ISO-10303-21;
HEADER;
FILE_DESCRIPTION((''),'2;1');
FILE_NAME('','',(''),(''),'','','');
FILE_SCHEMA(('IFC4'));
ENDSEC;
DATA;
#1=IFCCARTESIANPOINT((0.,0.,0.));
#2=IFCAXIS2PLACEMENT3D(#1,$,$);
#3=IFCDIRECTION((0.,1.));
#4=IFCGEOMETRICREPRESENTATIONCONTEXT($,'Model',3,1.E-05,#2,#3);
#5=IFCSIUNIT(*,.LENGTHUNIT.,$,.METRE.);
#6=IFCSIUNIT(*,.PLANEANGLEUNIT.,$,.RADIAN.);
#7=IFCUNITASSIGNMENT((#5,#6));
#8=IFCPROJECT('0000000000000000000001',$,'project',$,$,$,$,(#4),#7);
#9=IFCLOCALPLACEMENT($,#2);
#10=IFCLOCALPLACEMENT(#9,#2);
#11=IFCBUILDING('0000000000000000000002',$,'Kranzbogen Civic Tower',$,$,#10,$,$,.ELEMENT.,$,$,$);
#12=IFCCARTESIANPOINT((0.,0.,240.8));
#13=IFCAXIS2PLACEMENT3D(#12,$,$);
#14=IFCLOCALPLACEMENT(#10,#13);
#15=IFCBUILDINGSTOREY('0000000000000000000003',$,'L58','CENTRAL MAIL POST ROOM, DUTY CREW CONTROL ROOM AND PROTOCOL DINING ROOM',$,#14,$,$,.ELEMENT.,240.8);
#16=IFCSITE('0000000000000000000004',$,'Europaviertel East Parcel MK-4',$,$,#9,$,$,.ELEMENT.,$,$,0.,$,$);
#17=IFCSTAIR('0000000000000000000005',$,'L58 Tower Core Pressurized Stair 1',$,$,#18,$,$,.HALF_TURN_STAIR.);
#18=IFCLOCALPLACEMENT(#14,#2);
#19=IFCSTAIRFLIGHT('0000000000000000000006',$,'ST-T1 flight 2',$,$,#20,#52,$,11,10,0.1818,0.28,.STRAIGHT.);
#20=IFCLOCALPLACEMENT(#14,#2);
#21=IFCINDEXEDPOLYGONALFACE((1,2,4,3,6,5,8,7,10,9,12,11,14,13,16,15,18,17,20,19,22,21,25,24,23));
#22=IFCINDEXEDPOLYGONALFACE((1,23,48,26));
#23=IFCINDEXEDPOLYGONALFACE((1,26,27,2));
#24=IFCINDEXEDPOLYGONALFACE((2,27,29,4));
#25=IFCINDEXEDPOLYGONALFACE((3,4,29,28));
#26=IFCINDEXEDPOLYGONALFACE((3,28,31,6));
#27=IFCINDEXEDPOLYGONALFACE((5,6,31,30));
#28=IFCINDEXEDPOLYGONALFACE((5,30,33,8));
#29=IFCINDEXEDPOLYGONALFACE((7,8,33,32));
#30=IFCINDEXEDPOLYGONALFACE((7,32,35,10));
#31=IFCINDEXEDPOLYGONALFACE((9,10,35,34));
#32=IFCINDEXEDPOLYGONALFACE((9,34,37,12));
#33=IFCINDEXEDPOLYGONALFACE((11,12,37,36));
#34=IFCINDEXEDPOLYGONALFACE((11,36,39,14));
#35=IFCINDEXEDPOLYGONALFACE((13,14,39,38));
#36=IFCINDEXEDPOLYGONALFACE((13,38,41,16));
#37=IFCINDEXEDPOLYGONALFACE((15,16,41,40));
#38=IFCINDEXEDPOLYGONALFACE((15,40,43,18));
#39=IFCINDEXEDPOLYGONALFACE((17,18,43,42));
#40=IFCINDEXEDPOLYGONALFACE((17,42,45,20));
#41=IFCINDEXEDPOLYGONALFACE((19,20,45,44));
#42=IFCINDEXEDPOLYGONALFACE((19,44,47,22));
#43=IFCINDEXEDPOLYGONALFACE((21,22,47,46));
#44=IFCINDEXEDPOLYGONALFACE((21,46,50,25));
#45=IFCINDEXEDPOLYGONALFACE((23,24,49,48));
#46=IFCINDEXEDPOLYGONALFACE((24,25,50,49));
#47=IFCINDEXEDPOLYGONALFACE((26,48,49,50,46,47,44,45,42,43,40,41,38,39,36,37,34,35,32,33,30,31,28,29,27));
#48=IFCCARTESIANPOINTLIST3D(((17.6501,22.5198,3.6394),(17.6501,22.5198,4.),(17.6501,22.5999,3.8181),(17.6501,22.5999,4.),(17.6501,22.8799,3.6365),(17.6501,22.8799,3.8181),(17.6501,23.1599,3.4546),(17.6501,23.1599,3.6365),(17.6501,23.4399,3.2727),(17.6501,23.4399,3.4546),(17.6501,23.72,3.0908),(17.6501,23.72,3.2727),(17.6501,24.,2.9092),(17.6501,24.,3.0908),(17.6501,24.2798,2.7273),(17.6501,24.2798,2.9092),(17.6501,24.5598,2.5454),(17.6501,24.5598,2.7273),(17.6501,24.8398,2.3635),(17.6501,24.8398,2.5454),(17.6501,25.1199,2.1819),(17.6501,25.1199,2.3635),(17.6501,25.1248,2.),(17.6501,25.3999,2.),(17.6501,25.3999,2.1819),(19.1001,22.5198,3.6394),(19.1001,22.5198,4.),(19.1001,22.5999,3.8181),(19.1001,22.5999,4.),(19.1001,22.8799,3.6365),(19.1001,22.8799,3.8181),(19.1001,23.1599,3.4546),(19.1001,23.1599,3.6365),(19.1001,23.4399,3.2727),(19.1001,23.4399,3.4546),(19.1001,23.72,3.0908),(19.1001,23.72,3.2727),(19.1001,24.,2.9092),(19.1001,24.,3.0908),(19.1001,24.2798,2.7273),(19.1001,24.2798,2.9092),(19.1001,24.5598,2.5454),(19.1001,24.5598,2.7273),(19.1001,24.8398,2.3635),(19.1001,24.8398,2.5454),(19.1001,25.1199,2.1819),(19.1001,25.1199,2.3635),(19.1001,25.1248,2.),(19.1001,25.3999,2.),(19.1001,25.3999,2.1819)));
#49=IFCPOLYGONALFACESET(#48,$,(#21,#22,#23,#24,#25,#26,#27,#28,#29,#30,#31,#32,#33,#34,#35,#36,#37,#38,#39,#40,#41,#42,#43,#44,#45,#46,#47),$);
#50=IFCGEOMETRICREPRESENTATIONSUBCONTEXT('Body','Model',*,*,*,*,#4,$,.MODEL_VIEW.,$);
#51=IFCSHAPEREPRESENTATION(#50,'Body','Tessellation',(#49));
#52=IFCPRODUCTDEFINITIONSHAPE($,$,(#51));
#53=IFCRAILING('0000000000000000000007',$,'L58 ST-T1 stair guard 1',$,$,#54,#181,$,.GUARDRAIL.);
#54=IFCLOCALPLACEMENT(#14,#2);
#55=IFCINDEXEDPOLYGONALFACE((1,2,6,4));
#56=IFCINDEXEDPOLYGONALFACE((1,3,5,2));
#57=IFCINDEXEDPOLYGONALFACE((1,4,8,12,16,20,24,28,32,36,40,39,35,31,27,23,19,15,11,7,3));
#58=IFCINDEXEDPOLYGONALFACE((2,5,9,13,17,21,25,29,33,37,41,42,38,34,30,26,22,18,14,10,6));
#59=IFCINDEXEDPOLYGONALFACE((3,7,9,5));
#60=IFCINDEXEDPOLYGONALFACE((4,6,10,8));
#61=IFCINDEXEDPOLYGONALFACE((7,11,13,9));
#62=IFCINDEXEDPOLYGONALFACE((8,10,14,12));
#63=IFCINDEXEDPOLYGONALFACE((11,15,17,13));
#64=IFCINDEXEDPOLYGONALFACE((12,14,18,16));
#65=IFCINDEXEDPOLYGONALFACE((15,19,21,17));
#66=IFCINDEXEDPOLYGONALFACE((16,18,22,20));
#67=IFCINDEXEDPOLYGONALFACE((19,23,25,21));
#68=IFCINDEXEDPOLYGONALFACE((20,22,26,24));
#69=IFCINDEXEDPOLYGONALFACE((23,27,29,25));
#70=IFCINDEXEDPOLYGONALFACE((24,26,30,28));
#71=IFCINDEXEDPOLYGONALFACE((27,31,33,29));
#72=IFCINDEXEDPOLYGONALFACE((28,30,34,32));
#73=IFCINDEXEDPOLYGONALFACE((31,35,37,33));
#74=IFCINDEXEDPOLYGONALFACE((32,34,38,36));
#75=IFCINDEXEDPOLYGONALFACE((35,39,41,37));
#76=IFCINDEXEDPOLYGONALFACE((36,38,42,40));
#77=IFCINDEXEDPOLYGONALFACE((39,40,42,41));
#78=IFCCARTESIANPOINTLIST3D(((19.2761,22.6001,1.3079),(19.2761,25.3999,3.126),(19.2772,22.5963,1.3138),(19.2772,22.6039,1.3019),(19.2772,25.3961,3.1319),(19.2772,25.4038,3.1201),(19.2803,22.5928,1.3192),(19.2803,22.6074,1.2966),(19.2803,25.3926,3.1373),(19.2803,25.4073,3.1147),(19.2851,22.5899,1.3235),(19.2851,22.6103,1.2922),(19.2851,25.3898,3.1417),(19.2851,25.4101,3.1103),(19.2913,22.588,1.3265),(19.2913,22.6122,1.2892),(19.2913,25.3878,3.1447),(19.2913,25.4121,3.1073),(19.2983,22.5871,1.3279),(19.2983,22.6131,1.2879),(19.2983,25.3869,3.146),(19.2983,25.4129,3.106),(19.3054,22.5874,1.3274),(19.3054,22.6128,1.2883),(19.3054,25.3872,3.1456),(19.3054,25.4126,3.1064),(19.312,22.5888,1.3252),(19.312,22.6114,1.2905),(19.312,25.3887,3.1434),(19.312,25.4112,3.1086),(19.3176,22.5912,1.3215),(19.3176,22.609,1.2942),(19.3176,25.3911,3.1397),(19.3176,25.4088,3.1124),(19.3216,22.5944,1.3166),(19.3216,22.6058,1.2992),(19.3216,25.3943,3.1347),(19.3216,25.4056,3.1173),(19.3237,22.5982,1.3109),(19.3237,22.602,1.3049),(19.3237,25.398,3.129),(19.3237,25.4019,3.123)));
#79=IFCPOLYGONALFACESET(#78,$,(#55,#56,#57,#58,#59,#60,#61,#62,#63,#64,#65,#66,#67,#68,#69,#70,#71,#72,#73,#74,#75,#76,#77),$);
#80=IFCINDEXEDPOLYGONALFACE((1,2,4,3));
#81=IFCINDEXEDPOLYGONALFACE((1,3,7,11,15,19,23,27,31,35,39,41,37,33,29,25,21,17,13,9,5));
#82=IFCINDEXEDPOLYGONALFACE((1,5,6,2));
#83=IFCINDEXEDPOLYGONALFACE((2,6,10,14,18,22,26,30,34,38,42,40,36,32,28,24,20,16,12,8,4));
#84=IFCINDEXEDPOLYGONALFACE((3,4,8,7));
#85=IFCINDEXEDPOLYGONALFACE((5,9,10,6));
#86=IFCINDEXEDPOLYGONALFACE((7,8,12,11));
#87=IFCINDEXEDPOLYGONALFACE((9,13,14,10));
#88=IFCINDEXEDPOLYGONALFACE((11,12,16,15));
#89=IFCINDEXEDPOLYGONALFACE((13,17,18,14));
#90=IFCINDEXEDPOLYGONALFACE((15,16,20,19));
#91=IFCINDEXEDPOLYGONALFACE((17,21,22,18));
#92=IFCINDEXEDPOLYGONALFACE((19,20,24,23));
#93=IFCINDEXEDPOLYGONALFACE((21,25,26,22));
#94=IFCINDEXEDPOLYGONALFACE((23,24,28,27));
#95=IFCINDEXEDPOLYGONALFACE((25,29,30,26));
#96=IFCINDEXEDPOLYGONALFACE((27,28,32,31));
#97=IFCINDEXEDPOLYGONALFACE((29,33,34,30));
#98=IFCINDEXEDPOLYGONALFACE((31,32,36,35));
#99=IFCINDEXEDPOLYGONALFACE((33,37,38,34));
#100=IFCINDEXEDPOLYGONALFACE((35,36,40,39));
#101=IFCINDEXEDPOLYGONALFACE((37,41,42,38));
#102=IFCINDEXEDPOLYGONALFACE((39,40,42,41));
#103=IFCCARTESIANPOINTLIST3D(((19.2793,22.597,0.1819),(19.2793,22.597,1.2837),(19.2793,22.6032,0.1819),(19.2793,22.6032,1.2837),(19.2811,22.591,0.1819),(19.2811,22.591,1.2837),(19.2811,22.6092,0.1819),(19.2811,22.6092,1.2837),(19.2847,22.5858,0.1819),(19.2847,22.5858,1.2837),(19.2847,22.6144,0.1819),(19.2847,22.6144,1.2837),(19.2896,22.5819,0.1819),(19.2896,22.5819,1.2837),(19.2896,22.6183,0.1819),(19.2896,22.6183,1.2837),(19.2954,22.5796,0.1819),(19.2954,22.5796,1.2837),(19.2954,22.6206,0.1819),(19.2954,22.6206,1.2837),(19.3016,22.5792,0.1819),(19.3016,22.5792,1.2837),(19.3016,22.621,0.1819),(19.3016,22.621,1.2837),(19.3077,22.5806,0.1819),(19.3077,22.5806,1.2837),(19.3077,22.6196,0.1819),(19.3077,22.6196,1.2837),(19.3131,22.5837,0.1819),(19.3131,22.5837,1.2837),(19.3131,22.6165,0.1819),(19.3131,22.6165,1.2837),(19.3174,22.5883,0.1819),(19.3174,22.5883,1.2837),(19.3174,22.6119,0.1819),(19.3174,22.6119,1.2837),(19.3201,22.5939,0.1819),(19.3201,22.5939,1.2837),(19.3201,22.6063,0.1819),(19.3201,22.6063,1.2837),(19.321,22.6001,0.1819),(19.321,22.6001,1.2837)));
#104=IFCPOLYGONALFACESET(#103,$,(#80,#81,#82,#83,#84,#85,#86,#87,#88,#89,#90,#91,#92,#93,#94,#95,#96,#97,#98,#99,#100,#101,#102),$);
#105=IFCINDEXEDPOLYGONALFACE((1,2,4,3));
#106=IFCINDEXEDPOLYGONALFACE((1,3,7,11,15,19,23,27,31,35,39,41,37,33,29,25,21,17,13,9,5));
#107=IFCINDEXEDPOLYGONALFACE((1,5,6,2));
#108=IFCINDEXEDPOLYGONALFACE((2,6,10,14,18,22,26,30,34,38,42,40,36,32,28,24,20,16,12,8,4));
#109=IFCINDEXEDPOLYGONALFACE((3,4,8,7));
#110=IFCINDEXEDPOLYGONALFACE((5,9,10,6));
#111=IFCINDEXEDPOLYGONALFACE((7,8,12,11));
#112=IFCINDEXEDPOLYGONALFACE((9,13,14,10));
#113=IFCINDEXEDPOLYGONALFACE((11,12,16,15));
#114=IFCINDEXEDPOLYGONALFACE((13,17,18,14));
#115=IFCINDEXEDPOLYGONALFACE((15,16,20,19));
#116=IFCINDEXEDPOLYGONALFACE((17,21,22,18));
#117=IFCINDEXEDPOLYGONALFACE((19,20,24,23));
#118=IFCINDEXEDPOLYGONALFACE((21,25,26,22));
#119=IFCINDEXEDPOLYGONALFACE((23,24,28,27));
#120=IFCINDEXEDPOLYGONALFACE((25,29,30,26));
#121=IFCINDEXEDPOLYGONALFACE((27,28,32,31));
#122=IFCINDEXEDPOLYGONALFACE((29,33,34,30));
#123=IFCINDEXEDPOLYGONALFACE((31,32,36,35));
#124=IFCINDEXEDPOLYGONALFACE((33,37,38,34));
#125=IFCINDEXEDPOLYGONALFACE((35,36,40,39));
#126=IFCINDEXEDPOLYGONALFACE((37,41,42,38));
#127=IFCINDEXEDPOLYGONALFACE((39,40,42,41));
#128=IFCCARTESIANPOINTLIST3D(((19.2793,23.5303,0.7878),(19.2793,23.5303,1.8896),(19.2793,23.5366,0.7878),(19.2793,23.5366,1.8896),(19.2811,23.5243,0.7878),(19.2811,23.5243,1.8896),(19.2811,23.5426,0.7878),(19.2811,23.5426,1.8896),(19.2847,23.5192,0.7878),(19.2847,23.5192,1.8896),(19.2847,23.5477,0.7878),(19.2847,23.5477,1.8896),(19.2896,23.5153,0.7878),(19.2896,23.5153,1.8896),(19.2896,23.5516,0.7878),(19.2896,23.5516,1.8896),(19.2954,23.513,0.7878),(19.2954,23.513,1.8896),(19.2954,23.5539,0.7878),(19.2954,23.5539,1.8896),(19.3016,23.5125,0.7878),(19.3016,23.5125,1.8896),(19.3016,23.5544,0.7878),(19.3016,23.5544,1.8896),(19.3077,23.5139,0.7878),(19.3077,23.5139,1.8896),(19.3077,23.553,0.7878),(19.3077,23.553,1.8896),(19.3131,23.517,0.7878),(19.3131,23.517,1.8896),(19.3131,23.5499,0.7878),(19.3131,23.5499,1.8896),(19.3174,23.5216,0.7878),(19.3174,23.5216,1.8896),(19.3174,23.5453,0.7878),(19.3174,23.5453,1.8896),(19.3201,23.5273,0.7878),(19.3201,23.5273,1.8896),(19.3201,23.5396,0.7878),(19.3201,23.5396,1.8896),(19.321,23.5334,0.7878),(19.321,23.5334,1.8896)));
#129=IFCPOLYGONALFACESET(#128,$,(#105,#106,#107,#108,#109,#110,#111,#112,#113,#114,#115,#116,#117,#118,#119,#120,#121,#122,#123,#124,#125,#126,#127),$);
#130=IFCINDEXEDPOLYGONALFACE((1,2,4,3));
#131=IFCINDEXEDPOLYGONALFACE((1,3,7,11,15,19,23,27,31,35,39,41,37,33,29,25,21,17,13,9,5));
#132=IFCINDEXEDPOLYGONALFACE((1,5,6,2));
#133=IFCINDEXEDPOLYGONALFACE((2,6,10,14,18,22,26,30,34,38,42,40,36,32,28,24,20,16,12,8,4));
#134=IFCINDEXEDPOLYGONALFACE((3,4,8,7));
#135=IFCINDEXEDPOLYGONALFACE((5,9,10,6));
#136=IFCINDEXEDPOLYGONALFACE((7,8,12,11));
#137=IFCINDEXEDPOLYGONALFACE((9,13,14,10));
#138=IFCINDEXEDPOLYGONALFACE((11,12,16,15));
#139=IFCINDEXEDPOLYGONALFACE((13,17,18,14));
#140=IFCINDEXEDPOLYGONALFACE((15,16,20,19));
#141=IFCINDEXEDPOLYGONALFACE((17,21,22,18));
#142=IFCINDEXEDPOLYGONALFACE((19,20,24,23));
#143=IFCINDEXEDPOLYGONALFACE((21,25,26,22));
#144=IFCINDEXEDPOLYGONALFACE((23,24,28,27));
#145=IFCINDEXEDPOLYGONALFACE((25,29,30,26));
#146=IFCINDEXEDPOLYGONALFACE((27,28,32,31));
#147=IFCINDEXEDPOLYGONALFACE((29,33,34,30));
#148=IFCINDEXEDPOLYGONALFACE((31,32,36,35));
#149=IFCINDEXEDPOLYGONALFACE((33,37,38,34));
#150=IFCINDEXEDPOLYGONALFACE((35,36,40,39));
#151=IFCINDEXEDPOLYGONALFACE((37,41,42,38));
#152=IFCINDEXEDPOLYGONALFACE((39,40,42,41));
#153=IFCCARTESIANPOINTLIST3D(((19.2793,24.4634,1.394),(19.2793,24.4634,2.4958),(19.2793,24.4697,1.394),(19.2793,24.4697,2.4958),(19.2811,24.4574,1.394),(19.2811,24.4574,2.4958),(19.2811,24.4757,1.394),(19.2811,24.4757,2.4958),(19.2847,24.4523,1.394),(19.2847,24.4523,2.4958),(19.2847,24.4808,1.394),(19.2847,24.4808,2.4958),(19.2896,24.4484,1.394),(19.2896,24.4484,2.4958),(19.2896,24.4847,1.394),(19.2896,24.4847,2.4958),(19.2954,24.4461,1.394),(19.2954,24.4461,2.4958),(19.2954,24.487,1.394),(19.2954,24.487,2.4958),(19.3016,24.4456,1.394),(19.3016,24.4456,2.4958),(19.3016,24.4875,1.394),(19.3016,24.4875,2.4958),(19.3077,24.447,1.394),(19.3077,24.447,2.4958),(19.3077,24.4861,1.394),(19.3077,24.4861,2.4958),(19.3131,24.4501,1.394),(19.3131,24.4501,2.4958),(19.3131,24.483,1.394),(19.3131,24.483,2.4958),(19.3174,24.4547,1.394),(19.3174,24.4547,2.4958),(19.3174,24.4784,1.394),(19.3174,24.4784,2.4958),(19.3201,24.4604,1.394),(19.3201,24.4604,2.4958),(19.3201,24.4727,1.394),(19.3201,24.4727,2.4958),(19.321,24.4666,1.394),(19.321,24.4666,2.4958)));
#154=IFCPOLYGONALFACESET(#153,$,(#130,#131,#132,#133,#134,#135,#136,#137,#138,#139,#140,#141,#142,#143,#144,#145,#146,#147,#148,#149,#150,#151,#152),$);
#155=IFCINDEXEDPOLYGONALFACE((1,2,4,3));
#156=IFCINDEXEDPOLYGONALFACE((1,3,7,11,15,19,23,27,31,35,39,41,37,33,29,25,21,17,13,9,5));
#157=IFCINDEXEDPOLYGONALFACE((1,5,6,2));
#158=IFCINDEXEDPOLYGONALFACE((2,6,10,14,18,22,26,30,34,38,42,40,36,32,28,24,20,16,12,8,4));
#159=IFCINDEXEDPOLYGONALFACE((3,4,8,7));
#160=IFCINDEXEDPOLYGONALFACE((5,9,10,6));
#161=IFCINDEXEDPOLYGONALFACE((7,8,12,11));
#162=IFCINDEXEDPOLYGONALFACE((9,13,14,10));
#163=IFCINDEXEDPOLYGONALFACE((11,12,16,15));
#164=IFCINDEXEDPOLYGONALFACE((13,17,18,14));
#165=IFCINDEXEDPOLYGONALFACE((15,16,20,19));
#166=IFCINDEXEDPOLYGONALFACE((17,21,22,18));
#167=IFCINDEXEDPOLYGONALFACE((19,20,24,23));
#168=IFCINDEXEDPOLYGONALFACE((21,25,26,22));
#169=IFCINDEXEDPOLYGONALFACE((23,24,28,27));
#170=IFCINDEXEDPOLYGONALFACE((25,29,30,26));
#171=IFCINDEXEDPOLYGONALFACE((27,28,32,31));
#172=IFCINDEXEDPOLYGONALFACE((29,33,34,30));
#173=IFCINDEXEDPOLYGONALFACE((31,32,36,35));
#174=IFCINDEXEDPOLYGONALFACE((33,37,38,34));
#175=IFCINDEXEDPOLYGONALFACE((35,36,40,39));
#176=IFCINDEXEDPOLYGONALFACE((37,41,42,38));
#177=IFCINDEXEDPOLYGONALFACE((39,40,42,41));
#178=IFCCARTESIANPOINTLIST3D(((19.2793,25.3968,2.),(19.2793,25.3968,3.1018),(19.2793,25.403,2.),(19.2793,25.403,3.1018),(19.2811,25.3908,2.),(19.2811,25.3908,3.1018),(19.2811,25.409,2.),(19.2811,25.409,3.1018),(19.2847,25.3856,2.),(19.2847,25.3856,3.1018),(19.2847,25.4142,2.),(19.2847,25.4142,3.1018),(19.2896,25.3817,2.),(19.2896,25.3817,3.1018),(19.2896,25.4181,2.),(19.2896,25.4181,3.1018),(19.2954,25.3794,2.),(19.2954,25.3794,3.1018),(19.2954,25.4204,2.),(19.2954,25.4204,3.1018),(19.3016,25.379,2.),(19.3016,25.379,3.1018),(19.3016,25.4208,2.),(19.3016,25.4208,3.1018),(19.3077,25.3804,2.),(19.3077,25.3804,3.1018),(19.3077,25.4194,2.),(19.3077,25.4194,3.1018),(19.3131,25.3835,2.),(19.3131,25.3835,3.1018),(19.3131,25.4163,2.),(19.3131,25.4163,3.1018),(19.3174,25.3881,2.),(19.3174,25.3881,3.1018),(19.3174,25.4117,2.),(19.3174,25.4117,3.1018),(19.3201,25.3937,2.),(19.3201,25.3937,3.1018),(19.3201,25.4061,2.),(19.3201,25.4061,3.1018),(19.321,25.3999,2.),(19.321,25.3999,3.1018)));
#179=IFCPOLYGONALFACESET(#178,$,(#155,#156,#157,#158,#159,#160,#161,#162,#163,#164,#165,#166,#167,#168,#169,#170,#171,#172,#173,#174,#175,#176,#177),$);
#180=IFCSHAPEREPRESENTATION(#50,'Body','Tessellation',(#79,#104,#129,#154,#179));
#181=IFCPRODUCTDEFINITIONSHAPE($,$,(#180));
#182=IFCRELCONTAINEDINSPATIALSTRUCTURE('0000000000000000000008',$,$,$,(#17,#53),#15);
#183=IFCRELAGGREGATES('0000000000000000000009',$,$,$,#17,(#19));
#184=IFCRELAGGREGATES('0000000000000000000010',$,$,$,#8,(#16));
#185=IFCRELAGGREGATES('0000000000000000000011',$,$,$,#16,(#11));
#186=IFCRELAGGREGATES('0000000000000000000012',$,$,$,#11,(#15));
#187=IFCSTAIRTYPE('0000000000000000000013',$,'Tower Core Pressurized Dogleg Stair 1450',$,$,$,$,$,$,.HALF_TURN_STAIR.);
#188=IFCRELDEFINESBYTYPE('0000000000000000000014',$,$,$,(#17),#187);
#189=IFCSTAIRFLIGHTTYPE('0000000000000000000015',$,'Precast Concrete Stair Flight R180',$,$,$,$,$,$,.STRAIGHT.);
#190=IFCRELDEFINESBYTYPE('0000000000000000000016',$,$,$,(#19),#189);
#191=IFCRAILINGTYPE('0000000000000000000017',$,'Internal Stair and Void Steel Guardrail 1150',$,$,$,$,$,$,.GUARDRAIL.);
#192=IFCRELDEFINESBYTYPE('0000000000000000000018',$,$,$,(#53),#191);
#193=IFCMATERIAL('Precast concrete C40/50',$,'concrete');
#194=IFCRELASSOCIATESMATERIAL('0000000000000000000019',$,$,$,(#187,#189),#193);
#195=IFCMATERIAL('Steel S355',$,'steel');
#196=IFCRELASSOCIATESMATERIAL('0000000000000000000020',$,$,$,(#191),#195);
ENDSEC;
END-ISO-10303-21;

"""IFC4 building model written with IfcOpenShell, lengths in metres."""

from ifc_helpers import new_model, si_unit, direction, frame, origin, origin_2d, place, context, subcontext, project, spatial, polyline, circle, outline, extrude, material, type_object, element, aggregate, save


model = new_model("IFC4")

# Units and contexts
model_context = context("Model", 3, precision=1e-05, world=origin(), true_north=direction((0.0, 1.0)))
body_context = subcontext(model_context, "Body", "Model", "MODEL_VIEW")
ifc_project = project(units=[si_unit("LENGTHUNIT", "METRE"), si_unit("PLANEANGLEUNIT", "RADIAN")], contexts=[model_context])

# Site, building, storey
site_placement = place(None, origin())
site = spatial("IfcSite", under=ifc_project, at=site_placement, Name="Europaviertel East Parcel MK-4", CompositionType="ELEMENT", RefElevation=0.0)
building_placement = place(site_placement, origin())
building = spatial("IfcBuilding", under=site, at=building_placement, Name="Kranzbogen Civic Tower", CompositionType="ELEMENT")
storey_placement = place(building_placement, frame((0.0, 0.0, 240.8)))
storey = spatial("IfcBuildingStorey", under=building, at=storey_placement, Name="L58", Description="CENTRAL MAIL POST ROOM, DUTY CREW CONTROL ROOM AND PROTOCOL DINING ROOM", CompositionType="ELEMENT", Elevation=240.8)

# Shared definitions
ifc_material_1 = material(Name="Steel S355", Category="steel")

# Stair, stair flight
ifc_material_2 = material(Name="Precast concrete C40/50", Category="concrete")
stair_type = type_object("IfcStairType", Name="Tower Core Pressurized Dogleg Stair 1450", PredefinedType="HALF_TURN_STAIR", material=ifc_material_2)
stair_placement = place(storey_placement, origin())
stair = element("IfcStair", 1, at=stair_placement, inside=storey, type_object=stair_type, Name="L58 Tower Core Pressurized Stair 1", PredefinedType="HALF_TURN_STAIR")
stair_flight_type = type_object("IfcStairFlightType", Name="Precast Concrete Stair Flight R180", PredefinedType="STRAIGHT", material=ifc_material_2)
stair_flight_1_placement = place(storey_placement, frame((18.375, 25.3999, 2.0), z_axis=(0.0, 0.0, 1.0), x_axis=(0.0, -1.0, 0.0)))
stair_flight_1 = element("IfcStairFlight", 2, at=stair_flight_1_placement, type_object=stair_flight_type, Name="ST-T1 flight 2", NumberOfRisers=11, NumberOfTreads=10, PredefinedType="STRAIGHT", RiserHeight=0.1818, TreadLength=0.28, context=body_context, shape_type="SweptSolid", body=[
    extrude(outline(polyline([(0.0, 0.0), (0.0, 0.1819), (0.28, 0.1819), (0.28, 0.3635), (0.5601, 0.3635), (0.5601, 0.5454), (0.8401, 0.5454), (0.8401, 0.7273), (1.1201, 0.7273), (1.1201, 0.9092), (1.3999, 0.9092), (1.3999, 1.0908), (1.6799, 1.0908), (1.6799, 1.2727), (1.96, 1.2727), (1.96, 1.4546), (2.24, 1.4546), (2.24, 1.6365), (2.52, 1.6365), (2.52, 1.8181), (2.8, 1.8181), (2.8, 2.0), (2.8801, 2.0), (2.8801, 1.6394), (0.2751, 0.0), (0.0, 0.0)])), frame((0.0, 0.7251, 0.0), z_axis=(0.0, -1.0, 0.0), x_axis=(1.0, 0.0, 0.0)), (0.0, 0.0, 1.0), 1.45),
])
aggregate(stair, [stair_flight_1])

# Railing
railing_type_1 = type_object("IfcRailingType", Name="Internal Stair and Void Steel Guardrail 1150", PredefinedType="GUARDRAIL", material=ifc_material_1)
railing_1_placement = place(storey_placement, frame((19.3, 22.6001, 0.1819)))
element("IfcRailing", 3, at=railing_1_placement, inside=storey, type_object=railing_type_1, Name="L58 ST-T1 stair guard 1", PredefinedType="GUARDRAIL", context=body_context, shape_type="SweptSolid", body=[
    extrude(circle(Radius=0.0239, at=origin_2d()), frame((0.0, 0.0, 1.126), z_axis=(0.0, 0.838684, 0.544618), x_axis=(-1.0, 0.0, 0.0)), (0.0, 0.0, 1.0), 3.3384),
    extrude(circle(Radius=0.021, at=origin_2d()), origin(), (0.0, 0.0, 1.0), 1.1018),
    extrude(circle(Radius=0.021, at=origin_2d()), frame((0.0, 0.9333, 0.606)), (0.0, 0.0, 1.0), 1.1018),
    extrude(circle(Radius=0.021, at=origin_2d()), frame((0.0, 1.8665, 1.2122)), (0.0, 0.0, 1.0), 1.1018),
    extrude(circle(Radius=0.021, at=origin_2d()), frame((0.0, 2.7998, 1.8181)), (0.0, 0.0, 1.0), 1.1018),
])

save(model, "model.ifc")
